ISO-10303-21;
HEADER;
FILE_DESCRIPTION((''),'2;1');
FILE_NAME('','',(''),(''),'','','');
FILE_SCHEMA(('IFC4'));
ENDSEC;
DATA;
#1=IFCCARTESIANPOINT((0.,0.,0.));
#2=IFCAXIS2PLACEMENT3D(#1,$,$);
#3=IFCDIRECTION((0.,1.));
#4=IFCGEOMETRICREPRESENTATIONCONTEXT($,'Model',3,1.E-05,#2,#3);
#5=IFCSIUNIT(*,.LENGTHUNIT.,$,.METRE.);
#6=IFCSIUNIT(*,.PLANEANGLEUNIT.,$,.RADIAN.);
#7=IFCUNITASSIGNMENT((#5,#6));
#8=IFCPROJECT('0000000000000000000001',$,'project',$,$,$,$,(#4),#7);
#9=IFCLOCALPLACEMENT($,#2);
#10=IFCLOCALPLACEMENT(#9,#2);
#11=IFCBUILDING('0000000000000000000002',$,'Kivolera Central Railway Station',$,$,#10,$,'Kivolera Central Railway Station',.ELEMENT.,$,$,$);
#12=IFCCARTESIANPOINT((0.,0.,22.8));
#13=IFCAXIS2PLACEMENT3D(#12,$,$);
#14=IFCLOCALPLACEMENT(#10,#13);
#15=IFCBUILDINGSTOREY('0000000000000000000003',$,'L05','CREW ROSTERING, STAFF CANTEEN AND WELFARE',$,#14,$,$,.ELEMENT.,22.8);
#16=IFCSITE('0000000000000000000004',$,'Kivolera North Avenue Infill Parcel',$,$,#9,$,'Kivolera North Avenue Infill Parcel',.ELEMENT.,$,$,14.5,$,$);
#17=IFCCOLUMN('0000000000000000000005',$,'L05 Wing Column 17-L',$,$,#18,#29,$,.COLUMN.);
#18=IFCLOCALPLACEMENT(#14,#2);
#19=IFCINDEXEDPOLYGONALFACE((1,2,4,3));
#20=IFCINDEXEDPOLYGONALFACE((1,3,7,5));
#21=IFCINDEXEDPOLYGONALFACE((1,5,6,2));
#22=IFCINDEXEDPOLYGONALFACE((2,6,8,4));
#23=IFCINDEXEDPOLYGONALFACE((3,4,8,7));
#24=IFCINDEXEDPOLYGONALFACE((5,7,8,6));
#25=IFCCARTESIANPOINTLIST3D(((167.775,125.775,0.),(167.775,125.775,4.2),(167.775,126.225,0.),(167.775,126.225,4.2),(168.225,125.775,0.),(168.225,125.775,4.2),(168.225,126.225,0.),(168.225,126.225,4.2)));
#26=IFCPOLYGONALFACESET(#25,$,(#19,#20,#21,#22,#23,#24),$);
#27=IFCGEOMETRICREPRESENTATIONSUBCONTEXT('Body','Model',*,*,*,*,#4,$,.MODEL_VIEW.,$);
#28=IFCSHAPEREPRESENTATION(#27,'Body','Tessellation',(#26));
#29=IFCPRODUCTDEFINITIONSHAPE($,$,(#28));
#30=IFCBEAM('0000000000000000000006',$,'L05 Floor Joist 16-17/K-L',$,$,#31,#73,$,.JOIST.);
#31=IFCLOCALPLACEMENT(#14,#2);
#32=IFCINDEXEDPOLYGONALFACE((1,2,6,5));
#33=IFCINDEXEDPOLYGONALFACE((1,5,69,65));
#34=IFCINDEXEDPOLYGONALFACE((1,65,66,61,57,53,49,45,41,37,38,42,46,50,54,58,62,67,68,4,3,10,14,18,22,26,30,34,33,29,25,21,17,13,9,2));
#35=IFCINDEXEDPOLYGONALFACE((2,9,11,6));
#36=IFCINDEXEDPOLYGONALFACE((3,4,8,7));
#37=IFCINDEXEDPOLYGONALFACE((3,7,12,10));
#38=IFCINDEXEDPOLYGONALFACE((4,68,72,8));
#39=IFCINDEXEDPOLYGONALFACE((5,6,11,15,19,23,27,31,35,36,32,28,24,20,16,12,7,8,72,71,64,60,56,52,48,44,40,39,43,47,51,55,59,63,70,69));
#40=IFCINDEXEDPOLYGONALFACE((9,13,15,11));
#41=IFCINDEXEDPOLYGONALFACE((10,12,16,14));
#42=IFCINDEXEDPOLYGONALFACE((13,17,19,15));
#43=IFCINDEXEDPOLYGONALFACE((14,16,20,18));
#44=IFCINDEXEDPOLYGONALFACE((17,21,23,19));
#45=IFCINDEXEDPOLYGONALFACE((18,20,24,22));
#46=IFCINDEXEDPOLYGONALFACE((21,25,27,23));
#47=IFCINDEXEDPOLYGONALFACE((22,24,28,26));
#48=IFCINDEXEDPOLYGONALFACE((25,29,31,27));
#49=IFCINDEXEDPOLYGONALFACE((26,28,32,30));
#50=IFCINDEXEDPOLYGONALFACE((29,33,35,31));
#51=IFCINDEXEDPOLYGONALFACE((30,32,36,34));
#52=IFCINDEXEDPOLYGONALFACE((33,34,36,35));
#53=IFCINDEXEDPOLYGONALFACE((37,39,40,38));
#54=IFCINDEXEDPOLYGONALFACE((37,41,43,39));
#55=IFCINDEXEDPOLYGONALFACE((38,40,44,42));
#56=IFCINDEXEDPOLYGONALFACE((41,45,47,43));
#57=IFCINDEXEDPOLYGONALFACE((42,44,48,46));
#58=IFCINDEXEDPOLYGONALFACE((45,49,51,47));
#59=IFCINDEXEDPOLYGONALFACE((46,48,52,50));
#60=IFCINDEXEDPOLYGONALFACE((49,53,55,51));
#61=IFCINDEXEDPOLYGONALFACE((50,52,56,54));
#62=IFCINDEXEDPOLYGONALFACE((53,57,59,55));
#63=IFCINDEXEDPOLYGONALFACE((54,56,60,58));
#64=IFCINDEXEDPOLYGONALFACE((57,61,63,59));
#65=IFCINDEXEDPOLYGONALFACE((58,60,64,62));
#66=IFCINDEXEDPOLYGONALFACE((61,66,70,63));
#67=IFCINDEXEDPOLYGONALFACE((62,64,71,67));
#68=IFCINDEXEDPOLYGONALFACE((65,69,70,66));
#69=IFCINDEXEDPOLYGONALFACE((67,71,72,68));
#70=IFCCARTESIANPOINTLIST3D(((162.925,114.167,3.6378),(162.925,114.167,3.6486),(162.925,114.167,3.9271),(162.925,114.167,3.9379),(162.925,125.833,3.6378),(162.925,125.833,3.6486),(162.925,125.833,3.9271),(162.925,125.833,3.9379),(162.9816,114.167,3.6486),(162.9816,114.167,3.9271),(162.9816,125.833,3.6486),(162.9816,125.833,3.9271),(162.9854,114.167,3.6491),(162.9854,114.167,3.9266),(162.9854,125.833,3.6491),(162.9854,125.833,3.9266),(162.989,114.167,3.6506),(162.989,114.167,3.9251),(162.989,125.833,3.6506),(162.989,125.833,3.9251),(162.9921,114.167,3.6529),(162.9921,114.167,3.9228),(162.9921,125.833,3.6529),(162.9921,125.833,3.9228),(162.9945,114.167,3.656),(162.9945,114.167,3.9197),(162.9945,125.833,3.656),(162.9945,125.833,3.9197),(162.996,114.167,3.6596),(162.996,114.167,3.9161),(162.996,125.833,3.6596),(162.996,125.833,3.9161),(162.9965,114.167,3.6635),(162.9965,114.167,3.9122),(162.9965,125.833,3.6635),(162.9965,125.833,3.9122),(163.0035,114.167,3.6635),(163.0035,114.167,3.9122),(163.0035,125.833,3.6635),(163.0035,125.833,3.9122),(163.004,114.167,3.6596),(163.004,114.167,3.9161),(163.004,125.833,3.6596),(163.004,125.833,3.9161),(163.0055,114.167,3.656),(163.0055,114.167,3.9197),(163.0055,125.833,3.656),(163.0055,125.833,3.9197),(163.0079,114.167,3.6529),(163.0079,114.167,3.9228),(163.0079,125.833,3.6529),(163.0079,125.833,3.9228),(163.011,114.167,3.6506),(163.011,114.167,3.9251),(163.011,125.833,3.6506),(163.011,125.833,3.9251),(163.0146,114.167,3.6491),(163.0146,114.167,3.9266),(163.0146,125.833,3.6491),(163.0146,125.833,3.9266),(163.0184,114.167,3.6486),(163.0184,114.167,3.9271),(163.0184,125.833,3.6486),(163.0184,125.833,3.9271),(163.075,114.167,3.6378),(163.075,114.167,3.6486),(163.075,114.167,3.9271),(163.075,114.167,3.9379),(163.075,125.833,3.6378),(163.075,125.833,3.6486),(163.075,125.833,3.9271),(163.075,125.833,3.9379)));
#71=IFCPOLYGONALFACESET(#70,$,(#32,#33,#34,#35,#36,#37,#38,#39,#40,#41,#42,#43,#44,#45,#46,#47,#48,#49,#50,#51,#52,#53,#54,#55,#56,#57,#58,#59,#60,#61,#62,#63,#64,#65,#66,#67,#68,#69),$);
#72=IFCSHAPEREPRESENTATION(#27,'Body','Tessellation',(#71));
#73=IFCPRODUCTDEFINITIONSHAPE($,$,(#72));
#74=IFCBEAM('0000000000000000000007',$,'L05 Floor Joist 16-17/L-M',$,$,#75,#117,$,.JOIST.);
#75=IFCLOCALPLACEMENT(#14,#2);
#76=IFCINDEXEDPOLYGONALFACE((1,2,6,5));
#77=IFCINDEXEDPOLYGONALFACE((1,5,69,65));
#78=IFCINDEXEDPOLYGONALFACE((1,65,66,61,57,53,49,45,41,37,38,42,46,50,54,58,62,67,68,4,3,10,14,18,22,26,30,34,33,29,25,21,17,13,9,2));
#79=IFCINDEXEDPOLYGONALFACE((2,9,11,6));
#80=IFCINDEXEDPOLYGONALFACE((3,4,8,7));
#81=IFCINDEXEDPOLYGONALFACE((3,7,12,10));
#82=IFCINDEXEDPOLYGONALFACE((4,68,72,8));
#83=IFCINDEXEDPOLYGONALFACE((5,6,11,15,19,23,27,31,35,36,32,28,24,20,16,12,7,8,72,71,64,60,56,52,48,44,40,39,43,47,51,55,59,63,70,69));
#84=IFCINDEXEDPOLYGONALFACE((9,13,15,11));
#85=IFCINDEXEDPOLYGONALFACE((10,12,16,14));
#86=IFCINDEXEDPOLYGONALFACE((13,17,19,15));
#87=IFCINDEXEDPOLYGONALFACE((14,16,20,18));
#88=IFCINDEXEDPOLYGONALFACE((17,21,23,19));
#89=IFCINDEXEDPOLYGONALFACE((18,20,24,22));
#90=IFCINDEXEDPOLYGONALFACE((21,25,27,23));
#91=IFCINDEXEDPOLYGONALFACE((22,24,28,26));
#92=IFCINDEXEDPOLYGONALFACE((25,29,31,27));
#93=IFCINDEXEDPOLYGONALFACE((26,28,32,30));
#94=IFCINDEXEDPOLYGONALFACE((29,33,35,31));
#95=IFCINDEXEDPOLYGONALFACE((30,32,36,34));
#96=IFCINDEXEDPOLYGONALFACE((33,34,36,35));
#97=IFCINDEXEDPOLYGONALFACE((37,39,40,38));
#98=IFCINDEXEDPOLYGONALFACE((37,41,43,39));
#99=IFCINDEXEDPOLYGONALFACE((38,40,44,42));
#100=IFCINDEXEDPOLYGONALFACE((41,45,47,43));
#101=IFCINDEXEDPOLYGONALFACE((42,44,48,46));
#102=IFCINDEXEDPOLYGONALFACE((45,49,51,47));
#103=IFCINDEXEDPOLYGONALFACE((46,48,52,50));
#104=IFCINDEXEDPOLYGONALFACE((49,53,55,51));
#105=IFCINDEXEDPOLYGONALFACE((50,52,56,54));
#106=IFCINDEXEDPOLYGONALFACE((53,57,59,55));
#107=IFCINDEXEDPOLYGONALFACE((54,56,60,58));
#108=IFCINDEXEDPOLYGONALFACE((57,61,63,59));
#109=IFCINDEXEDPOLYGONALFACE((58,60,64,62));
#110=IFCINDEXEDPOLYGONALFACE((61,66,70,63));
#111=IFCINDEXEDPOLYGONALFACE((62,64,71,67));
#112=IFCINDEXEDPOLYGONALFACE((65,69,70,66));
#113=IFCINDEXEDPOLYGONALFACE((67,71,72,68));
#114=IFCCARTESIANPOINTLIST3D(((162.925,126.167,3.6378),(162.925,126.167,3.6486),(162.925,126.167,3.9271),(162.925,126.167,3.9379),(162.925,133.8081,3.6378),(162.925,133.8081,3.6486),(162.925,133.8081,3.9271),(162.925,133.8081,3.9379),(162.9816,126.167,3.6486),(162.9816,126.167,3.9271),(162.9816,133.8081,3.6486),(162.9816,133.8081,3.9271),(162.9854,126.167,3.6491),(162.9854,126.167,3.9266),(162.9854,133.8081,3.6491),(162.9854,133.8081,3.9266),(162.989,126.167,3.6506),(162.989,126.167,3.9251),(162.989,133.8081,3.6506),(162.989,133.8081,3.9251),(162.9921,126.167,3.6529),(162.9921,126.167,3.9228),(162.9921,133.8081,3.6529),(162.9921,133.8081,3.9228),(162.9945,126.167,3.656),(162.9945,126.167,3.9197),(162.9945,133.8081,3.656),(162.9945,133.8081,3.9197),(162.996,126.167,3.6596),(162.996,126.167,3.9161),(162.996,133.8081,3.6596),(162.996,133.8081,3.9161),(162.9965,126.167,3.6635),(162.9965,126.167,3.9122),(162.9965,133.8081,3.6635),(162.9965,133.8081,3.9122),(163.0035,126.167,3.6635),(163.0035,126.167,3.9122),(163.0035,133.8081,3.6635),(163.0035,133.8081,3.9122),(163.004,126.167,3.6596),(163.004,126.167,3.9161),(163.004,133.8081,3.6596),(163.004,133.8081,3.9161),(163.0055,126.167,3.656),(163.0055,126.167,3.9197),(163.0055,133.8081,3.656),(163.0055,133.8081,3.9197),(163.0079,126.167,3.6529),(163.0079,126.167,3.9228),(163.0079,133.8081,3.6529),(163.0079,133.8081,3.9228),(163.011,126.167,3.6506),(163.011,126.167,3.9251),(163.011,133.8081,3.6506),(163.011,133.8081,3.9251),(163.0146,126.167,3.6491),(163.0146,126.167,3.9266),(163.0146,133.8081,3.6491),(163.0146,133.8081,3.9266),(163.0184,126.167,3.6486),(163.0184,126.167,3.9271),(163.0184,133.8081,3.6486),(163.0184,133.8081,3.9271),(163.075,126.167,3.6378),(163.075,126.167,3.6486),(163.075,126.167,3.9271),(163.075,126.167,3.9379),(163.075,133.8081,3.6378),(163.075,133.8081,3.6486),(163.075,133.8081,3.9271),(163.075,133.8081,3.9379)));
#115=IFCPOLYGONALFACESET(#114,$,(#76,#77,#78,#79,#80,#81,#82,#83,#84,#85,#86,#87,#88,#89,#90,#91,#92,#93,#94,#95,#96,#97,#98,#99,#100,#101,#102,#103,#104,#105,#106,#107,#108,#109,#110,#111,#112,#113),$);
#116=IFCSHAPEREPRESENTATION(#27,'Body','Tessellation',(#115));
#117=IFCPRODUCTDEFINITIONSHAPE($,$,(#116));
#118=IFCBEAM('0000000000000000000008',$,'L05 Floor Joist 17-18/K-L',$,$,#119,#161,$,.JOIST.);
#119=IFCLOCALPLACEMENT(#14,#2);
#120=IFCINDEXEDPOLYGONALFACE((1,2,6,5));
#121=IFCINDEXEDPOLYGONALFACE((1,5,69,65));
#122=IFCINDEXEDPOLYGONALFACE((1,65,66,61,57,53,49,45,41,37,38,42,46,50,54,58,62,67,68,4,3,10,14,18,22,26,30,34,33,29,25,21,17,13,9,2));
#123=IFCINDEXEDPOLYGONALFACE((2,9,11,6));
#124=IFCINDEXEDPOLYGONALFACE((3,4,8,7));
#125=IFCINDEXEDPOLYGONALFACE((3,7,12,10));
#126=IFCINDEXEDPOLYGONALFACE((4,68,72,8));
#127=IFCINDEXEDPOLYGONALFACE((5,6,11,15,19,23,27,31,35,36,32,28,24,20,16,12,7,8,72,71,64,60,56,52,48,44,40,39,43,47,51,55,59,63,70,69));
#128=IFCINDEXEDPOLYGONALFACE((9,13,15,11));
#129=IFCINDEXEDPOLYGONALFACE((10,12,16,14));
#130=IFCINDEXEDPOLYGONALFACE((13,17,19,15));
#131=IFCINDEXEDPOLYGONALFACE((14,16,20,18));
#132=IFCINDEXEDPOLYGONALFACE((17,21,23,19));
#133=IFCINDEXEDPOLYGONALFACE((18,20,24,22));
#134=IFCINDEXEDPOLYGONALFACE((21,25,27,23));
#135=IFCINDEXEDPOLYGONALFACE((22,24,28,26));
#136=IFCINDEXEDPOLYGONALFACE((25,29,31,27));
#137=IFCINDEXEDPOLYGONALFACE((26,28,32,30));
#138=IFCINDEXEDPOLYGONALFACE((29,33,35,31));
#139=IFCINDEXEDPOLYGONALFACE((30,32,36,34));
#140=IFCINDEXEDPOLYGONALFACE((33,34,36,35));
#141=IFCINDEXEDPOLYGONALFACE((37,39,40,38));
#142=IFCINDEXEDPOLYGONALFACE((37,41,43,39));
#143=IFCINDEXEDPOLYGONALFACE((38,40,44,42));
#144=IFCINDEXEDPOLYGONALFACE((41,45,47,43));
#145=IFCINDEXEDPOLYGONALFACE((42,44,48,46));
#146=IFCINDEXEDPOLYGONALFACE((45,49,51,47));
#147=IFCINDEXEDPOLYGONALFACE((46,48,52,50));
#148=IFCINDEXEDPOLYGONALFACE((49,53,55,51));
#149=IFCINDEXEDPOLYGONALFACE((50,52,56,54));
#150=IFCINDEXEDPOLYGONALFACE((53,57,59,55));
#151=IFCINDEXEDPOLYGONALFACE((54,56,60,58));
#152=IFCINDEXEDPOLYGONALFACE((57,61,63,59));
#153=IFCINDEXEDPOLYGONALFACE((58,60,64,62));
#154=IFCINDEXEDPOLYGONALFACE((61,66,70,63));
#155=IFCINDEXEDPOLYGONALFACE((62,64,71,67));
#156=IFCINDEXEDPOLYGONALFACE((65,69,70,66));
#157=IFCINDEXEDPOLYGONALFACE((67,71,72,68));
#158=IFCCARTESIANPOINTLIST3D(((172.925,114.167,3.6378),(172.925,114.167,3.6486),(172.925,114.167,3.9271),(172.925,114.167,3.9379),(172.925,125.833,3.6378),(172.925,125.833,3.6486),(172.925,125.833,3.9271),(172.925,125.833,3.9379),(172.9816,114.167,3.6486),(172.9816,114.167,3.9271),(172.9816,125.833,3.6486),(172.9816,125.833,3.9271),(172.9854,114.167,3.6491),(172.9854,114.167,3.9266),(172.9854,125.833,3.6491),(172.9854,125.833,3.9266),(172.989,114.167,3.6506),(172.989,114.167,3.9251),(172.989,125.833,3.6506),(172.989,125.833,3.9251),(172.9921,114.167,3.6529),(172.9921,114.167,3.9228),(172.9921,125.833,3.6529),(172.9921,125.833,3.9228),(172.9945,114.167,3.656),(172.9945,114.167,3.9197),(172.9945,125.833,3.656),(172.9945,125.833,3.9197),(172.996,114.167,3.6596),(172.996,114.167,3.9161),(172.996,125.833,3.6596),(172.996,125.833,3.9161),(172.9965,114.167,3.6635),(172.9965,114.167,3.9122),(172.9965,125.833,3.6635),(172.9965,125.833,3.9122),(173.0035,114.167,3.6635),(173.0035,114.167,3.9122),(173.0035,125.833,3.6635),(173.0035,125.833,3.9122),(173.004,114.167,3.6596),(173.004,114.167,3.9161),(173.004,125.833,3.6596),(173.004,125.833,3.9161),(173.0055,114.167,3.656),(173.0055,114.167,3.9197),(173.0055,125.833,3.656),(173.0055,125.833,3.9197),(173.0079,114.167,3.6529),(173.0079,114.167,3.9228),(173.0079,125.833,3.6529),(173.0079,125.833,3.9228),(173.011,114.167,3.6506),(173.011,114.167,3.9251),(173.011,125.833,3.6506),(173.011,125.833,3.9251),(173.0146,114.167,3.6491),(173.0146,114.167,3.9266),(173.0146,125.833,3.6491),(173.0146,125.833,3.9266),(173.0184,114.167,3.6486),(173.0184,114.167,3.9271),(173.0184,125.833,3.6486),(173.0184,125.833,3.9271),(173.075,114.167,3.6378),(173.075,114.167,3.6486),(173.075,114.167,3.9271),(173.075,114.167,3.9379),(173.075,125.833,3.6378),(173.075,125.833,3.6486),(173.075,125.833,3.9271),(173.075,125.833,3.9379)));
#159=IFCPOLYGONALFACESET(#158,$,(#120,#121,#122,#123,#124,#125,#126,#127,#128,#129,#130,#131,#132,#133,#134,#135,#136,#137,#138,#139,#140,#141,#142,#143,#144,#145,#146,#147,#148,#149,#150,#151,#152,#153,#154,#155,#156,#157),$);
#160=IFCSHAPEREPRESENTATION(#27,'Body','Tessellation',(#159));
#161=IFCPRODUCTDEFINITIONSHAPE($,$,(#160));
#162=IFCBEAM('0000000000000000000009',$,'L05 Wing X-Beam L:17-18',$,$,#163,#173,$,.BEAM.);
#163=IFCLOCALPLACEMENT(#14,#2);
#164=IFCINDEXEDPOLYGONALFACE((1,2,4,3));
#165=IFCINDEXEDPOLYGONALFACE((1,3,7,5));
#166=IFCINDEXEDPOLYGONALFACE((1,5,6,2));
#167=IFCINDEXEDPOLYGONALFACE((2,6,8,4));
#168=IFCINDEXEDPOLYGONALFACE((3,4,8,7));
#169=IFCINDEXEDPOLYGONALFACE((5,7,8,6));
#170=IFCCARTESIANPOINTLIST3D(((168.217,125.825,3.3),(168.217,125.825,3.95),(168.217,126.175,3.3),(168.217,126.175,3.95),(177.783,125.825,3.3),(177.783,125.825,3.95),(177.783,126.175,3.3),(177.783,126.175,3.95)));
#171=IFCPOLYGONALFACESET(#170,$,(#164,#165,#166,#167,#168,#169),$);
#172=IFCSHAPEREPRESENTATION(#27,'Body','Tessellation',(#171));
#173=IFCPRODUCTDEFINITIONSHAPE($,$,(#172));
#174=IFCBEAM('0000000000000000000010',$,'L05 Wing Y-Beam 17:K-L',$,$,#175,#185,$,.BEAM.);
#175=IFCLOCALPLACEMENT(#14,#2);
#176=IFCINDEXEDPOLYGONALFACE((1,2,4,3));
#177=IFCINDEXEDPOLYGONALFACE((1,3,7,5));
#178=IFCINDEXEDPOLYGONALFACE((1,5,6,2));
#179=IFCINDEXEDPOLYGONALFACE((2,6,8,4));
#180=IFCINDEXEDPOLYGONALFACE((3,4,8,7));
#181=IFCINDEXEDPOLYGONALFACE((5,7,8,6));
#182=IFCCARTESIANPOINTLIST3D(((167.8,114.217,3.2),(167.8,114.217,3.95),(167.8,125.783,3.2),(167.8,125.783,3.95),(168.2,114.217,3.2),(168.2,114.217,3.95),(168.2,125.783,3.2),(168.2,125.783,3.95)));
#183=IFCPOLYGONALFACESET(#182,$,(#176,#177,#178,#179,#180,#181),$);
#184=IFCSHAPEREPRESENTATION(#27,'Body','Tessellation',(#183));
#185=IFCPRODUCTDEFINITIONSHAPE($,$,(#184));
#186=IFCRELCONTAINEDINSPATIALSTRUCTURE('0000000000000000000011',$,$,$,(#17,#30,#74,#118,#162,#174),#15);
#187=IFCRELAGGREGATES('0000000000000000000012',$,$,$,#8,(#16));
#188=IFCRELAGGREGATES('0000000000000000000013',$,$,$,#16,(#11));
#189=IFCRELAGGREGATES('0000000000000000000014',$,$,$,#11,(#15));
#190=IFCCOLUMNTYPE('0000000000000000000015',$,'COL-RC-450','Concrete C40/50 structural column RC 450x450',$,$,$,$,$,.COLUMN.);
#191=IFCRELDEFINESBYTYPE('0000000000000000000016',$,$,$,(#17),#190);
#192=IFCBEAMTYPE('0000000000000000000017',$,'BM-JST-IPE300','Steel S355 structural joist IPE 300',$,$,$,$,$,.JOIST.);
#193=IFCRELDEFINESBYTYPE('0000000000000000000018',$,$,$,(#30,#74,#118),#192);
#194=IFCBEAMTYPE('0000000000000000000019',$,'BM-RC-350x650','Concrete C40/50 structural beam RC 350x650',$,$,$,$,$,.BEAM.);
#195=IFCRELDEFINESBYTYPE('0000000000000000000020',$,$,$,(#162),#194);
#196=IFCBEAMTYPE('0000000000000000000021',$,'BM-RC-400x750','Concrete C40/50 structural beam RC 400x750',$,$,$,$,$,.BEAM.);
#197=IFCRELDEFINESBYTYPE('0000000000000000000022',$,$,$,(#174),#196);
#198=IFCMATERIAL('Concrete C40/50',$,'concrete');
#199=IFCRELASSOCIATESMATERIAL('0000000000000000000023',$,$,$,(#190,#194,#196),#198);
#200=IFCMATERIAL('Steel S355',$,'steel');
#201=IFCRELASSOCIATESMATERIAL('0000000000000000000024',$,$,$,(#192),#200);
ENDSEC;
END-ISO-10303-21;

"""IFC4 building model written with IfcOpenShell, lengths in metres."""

from ifc_helpers import new_model, si_unit, direction, frame, origin, origin_2d, place, context, subcontext, project, spatial, rectangle, i_section, extrude, material, material_profile, profile_set, type_object, element, save


model = new_model("IFC4")

# Units and contexts
model_context = context("Model", 3, precision=1e-05, world=origin(), true_north=direction((0.0, 1.0)))
body_context = subcontext(model_context, "Body", "Model", "MODEL_VIEW")
ifc_project = project(units=[si_unit("LENGTHUNIT", "METRE"), si_unit("PLANEANGLEUNIT", "RADIAN")], contexts=[model_context])

# Site, building, storey
site_placement = place(None, origin())
site = spatial("IfcSite", under=ifc_project, at=site_placement, Name="Kivolera North Avenue Infill Parcel", LongName="Kivolera North Avenue Infill Parcel", CompositionType="ELEMENT", RefElevation=14.5)
building_placement = place(site_placement, origin())
building = spatial("IfcBuilding", under=site, at=building_placement, Name="Kivolera Central Railway Station", LongName="Kivolera Central Railway Station", CompositionType="ELEMENT")
storey_placement = place(building_placement, frame((0.0, 0.0, 22.8)))
storey = spatial("IfcBuildingStorey", under=building, at=storey_placement, Name="L05", Description="CREW ROSTERING, STAFF CANTEEN AND WELFARE", CompositionType="ELEMENT", Elevation=22.8)

# Column
ifc_material_1 = material(Name="Concrete C40/50", Category="concrete")
ifc_material_profile_1 = material_profile(ifc_material_1, rectangle(XDim=0.45, YDim=0.45, at=origin_2d()), Name="RC 450x450")
ifc_profile_set_1 = profile_set([ifc_material_profile_1], Name="Concrete C40/50")
column_type = type_object("IfcColumnType", Name="COL-RC-450", Description="Concrete C40/50 structural column RC 450x450", PredefinedType="COLUMN", material=ifc_profile_set_1)
column_placement = place(storey_placement, frame((168.0, 126.0, 0.0), z_axis=(0.0, 0.0, 1.0), x_axis=(1.0, 0.0, 0.0)))
element("IfcColumn", 1, at=column_placement, inside=storey, type_object=column_type, Name="L05 Wing Column 17-L", PredefinedType="COLUMN", context=body_context, shape_type="SweptSolid", body=[
    extrude(rectangle(XDim=0.45, YDim=0.45, at=origin_2d()), origin(), (0.0, 0.0, 1.0), 4.2),
])

# Beams
ifc_material_2 = material(Name="Steel S355", Category="steel")
ifc_material_profile_2 = material_profile(ifc_material_2, i_section(OverallWidth=0.1499, OverallDepth=0.3, WebThickness=0.0071, FlangeThickness=0.0107, FilletRadius=0.0149, at=origin_2d()), Name="IPE 300")
ifc_profile_set_2 = profile_set([ifc_material_profile_2], Name="Steel S355")
beam_type_1 = type_object("IfcBeamType", Name="BM-JST-IPE300", Description="Steel S355 structural joist IPE 300", PredefinedType="JOIST", material=ifc_profile_set_2)
beam_1_placement = place(storey_placement, frame((163.0, 114.167, 3.7878), z_axis=(0.0, 1.0, 0.0), x_axis=(-1.0, 0.0, 0.0)))
element("IfcBeam", 2, at=beam_1_placement, inside=storey, type_object=beam_type_1, Name="L05 Floor Joist 16-17/K-L", PredefinedType="JOIST", context=body_context, shape_type="SweptSolid", body=[
    extrude(i_section(OverallWidth=0.1499, OverallDepth=0.3, WebThickness=0.0071, FlangeThickness=0.0107, FilletRadius=0.0149, at=origin_2d()), origin(), (0.0, 0.0, 1.0), 11.666),
])
beam_2_placement = place(storey_placement, frame((163.0, 126.167, 3.7878), z_axis=(0.0, 1.0, 0.0), x_axis=(-1.0, 0.0, 0.0)))
element("IfcBeam", 3, at=beam_2_placement, inside=storey, type_object=beam_type_1, Name="L05 Floor Joist 16-17/L-M", PredefinedType="JOIST", context=body_context, shape_type="SweptSolid", body=[
    extrude(i_section(OverallWidth=0.1499, OverallDepth=0.3, WebThickness=0.0071, FlangeThickness=0.0107, FilletRadius=0.0149, at=origin_2d()), origin(), (0.0, 0.0, 1.0), 7.6411),
])
beam_3_placement = place(storey_placement, frame((173.0, 114.167, 3.7878), z_axis=(0.0, 1.0, 0.0), x_axis=(-1.0, 0.0, 0.0)))
element("IfcBeam", 4, at=beam_3_placement, inside=storey, type_object=beam_type_1, Name="L05 Floor Joist 17-18/K-L", PredefinedType="JOIST", context=body_context, shape_type="SweptSolid", body=[
    extrude(i_section(OverallWidth=0.1499, OverallDepth=0.3, WebThickness=0.0071, FlangeThickness=0.0107, FilletRadius=0.0149, at=origin_2d()), origin(), (0.0, 0.0, 1.0), 11.666),
])
ifc_material_profile_3 = material_profile(ifc_material_1, rectangle(XDim=0.3501, YDim=0.6499, at=origin_2d()), Name="RC 350x650")
ifc_profile_set_3 = profile_set([ifc_material_profile_3], Name="Concrete C40/50")
beam_type_2 = type_object("IfcBeamType", Name="BM-RC-350x650", Description="Concrete C40/50 structural beam RC 350x650", PredefinedType="BEAM", material=ifc_profile_set_3)
beam_4_placement = place(storey_placement, frame((168.217, 126.0, 3.625), z_axis=(1.0, 0.0, 0.0), x_axis=(0.0, 1.0, 0.0)))
element("IfcBeam", 5, at=beam_4_placement, inside=storey, type_object=beam_type_2, Name="L05 Wing X-Beam L:17-18", PredefinedType="BEAM", context=body_context, shape_type="SweptSolid", body=[
    extrude(rectangle(XDim=0.3501, YDim=0.6499, at=origin_2d()), origin(), (0.0, 0.0, 1.0), 9.5659),
])
ifc_material_profile_4 = material_profile(ifc_material_1, rectangle(XDim=0.3999, YDim=0.75, at=origin_2d()), Name="RC 400x750")
ifc_profile_set_4 = profile_set([ifc_material_profile_4], Name="Concrete C40/50")
beam_type_3 = type_object("IfcBeamType", Name="BM-RC-400x750", Description="Concrete C40/50 structural beam RC 400x750", PredefinedType="BEAM", material=ifc_profile_set_4)
beam_5_placement = place(storey_placement, frame((168.0, 114.217, 3.575), z_axis=(0.0, 1.0, 0.0), x_axis=(-1.0, 0.0, 0.0)))
element("IfcBeam", 6, at=beam_5_placement, inside=storey, type_object=beam_type_3, Name="L05 Wing Y-Beam 17:K-L", PredefinedType="BEAM", context=body_context, shape_type="SweptSolid", body=[
    extrude(rectangle(XDim=0.3999, YDim=0.75, at=origin_2d()), origin(), (0.0, 0.0, 1.0), 11.5659),
])

save(model, "model.ifc")
